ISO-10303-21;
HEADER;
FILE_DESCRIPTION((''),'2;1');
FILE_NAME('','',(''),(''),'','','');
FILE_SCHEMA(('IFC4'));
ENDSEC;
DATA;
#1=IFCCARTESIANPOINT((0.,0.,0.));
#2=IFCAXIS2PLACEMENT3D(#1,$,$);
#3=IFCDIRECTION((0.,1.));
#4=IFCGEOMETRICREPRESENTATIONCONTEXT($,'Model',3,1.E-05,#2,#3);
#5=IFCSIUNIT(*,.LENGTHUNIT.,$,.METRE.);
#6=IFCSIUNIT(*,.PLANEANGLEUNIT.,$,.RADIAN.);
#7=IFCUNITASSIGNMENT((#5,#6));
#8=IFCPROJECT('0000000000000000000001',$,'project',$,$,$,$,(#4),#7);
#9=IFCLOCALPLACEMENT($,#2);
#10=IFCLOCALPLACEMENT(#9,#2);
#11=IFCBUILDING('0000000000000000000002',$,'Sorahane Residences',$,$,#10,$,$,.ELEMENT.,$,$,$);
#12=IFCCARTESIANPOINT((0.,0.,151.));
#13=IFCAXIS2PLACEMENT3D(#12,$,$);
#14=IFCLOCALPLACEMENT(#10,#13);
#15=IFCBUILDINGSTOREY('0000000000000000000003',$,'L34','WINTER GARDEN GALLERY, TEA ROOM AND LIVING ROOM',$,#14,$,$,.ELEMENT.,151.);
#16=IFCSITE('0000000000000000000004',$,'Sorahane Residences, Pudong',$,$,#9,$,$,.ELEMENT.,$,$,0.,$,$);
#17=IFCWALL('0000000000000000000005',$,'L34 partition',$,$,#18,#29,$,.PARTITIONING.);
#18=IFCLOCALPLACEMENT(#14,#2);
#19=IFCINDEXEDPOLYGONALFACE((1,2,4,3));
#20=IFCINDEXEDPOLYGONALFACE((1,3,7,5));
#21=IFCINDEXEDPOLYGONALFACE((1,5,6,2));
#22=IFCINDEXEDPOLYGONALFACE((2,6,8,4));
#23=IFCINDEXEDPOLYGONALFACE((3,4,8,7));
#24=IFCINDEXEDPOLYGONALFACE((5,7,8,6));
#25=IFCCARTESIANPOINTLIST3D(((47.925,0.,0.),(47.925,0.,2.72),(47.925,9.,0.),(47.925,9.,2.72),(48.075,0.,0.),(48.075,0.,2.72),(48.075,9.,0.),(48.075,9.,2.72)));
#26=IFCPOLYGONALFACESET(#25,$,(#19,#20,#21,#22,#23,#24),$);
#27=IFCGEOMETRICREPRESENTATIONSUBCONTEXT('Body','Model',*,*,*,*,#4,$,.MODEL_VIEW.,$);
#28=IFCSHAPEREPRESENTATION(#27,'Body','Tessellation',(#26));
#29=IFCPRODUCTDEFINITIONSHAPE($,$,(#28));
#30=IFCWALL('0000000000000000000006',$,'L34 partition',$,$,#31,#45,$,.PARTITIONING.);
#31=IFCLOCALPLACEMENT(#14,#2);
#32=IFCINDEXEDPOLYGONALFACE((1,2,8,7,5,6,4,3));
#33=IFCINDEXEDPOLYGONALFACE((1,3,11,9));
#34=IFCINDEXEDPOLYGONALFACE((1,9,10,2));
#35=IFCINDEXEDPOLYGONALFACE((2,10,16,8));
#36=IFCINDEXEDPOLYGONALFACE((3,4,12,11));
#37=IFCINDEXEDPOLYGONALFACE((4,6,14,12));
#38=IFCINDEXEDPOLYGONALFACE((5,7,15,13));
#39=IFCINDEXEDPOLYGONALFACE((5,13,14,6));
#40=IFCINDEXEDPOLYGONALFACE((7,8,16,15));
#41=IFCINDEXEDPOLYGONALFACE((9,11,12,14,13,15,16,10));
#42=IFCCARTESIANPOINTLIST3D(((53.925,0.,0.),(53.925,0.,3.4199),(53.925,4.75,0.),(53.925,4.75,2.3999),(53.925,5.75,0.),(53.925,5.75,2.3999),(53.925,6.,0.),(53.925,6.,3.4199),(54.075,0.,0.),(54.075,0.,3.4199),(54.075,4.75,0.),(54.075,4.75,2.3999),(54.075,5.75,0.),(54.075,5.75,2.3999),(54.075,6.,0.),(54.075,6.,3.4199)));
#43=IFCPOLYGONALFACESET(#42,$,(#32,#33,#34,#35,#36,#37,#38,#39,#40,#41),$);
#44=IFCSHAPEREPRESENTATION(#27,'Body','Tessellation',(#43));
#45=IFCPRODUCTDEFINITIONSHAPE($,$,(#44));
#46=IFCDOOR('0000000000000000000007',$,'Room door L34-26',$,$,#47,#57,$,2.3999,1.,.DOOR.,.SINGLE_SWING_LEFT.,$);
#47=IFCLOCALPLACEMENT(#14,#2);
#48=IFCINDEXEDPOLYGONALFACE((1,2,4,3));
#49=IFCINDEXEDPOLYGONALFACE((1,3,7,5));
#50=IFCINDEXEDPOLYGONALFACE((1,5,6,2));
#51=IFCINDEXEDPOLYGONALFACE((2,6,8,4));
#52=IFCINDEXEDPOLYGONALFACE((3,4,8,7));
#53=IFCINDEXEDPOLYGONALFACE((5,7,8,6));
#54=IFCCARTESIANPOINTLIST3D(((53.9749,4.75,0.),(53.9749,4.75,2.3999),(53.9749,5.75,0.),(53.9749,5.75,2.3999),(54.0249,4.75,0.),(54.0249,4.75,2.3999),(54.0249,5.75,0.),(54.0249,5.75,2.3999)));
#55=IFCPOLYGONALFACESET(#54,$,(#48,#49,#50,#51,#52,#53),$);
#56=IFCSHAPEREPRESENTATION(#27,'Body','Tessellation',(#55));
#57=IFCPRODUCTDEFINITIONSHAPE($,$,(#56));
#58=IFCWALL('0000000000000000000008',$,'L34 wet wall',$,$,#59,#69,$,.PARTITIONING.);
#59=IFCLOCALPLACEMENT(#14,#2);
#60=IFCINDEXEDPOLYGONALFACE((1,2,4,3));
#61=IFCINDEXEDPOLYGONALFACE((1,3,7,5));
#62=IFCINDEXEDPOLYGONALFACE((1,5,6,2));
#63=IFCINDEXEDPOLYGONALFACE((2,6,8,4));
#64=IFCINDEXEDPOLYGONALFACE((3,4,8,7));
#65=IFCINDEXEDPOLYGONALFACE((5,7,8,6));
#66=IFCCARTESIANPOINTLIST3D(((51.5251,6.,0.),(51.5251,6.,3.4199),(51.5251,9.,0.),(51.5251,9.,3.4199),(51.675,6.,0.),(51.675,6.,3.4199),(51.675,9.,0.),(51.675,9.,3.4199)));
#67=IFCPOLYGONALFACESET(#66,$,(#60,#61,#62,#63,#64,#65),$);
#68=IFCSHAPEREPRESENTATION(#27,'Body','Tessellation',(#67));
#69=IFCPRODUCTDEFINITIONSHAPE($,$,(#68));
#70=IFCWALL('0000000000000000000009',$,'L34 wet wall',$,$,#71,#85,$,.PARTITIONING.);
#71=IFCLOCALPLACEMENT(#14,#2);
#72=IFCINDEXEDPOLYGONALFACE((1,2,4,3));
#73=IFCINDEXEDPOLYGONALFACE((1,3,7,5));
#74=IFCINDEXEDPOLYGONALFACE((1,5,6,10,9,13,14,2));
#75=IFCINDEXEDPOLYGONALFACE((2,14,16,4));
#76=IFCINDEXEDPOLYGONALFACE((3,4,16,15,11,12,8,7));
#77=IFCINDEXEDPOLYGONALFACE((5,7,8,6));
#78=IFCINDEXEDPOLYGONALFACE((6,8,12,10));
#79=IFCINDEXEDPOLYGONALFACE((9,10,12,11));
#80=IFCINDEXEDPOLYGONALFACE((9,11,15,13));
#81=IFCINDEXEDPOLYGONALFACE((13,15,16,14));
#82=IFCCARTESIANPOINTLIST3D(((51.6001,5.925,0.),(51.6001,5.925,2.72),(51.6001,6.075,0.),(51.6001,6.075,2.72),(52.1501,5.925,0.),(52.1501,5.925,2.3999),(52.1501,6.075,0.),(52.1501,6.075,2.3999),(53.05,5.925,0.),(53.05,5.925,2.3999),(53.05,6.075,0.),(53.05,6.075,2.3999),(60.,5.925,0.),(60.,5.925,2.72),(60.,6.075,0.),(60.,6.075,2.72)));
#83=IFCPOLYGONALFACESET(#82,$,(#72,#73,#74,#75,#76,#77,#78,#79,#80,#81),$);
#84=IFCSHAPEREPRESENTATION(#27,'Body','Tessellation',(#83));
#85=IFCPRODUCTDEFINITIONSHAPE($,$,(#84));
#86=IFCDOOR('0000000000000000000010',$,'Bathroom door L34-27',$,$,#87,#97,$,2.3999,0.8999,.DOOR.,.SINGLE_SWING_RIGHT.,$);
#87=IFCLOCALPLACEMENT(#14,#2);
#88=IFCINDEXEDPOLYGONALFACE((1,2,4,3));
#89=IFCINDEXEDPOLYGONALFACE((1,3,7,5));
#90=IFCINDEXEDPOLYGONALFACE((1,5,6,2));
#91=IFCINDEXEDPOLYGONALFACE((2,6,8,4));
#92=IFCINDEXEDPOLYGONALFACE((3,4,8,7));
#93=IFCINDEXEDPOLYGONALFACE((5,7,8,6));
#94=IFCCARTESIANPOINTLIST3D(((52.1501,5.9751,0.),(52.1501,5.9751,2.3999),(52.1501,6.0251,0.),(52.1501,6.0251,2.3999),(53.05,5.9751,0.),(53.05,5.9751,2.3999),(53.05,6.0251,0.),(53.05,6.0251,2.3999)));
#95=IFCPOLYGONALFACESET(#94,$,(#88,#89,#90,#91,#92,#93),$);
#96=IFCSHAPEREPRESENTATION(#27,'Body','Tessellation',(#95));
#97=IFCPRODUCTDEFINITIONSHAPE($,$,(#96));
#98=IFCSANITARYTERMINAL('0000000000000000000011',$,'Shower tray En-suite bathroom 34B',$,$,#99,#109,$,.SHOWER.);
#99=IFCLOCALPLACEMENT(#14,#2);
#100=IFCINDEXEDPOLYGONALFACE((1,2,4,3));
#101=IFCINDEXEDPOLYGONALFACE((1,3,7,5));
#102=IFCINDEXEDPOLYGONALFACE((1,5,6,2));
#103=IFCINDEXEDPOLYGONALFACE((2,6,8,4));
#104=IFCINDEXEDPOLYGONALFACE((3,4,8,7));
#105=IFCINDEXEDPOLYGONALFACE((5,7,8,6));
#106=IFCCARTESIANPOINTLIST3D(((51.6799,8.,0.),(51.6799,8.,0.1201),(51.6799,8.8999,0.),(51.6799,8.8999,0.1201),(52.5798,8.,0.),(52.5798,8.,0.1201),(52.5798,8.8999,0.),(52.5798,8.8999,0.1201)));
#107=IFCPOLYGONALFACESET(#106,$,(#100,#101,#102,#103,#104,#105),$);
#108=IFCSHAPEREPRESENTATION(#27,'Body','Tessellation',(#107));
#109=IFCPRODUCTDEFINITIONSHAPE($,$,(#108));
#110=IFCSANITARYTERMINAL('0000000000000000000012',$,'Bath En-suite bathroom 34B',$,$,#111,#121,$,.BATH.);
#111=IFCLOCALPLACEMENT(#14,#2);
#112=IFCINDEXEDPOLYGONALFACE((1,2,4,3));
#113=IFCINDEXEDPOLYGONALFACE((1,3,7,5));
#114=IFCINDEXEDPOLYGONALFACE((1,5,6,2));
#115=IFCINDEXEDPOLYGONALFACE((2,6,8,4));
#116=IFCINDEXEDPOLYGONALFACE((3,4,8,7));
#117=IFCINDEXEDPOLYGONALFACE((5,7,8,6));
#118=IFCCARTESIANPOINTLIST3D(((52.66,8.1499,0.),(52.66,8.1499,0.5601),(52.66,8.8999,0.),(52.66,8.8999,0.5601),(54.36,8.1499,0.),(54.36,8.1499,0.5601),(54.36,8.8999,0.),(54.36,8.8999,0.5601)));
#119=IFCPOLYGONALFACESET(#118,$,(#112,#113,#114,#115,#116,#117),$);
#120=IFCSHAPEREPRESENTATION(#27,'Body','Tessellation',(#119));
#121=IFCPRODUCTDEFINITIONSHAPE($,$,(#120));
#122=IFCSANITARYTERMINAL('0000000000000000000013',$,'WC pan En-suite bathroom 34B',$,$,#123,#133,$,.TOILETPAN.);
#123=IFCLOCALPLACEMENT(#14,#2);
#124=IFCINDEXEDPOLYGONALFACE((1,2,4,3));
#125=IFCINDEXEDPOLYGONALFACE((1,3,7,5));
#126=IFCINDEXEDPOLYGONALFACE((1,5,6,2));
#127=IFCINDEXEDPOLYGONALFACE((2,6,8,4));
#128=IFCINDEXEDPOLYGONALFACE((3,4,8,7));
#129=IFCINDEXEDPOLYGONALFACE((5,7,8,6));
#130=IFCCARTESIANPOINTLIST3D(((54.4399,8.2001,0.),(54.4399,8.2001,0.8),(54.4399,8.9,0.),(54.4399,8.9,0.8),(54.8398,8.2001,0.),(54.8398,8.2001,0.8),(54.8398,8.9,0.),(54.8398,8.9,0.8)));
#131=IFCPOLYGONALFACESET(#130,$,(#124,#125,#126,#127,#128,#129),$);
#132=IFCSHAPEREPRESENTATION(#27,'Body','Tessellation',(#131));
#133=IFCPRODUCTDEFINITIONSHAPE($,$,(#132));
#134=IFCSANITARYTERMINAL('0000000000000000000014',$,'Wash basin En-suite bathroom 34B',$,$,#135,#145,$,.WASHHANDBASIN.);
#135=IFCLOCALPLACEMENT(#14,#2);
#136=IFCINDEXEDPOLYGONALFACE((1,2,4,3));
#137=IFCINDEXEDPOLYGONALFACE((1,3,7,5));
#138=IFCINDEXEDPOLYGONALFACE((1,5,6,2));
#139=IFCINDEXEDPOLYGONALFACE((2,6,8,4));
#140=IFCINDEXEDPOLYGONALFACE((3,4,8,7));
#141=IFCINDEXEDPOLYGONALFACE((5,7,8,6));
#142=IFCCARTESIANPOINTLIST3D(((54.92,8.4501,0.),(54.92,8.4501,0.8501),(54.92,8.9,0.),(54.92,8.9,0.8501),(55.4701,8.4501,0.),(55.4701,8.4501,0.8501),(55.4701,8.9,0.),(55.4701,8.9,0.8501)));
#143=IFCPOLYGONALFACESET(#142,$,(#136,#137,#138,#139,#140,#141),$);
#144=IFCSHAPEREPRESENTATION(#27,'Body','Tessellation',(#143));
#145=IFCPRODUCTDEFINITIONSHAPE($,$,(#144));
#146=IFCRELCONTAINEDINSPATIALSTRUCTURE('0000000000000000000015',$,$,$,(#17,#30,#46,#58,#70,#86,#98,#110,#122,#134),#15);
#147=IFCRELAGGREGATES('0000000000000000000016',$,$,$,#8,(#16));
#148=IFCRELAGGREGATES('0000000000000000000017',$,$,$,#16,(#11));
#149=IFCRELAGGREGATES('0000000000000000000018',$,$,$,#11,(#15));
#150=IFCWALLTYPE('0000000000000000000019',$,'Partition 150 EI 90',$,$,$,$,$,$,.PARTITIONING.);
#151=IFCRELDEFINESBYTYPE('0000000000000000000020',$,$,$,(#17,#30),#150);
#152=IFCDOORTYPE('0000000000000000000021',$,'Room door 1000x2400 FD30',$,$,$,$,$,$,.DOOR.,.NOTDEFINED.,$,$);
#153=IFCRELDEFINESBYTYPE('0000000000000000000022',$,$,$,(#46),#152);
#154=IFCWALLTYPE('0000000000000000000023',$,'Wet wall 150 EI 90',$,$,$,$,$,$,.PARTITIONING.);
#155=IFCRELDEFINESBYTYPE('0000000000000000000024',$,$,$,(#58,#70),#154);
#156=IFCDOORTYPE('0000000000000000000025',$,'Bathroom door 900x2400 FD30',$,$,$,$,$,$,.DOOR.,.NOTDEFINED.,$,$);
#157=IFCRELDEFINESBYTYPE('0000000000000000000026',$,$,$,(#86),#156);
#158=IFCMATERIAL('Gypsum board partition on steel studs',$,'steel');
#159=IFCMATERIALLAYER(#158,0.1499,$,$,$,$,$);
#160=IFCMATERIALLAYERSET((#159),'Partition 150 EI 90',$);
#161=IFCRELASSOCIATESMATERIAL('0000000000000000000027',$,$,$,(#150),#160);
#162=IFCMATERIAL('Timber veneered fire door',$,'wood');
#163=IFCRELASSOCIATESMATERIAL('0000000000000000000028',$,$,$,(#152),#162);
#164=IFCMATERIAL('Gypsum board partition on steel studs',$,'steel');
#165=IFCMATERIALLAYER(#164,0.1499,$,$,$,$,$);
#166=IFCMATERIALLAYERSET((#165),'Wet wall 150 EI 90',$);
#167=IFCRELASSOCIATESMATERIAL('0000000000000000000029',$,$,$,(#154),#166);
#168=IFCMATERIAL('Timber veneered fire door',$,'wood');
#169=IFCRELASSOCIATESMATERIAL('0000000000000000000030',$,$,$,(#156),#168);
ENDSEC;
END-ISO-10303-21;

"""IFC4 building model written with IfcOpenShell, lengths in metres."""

from ifc_helpers import new_model, si_unit, direction, frame, frame_2d, origin, origin_2d, place, context, subcontext, project, spatial, rectangle, extrude, material, layer, layer_set, type_object, element, fill, save


model = new_model("IFC4")

# Units and contexts
model_context = context("Model", 3, precision=1e-05, world=origin(), true_north=direction((0.0, 1.0)))
body_context = subcontext(model_context, "Body", "Model", "MODEL_VIEW")
ifc_project = project(units=[si_unit("LENGTHUNIT", "METRE"), si_unit("PLANEANGLEUNIT", "RADIAN")], contexts=[model_context])

# Site, building, storey
site_placement = place(None, origin())
site = spatial("IfcSite", under=ifc_project, at=site_placement, Name="Sorahane Residences, Pudong", CompositionType="ELEMENT", RefElevation=0.0)
building_placement = place(site_placement, origin())
building = spatial("IfcBuilding", under=site, at=building_placement, Name="Sorahane Residences", CompositionType="ELEMENT")
storey_placement = place(building_placement, frame((0.0, 0.0, 151.0)))
storey = spatial("IfcBuildingStorey", under=building, at=storey_placement, Name="L34", Description="WINTER GARDEN GALLERY, TEA ROOM AND LIVING ROOM", CompositionType="ELEMENT", Elevation=151.0)

# Wall
ifc_material_1 = material(Name="Gypsum board partition on steel studs", Category="steel")
ifc_layer_1 = layer(ifc_material_1, 0.1499)
ifc_layer_set_1 = layer_set([ifc_layer_1], Name="Partition 150 EI 90")
wall_type_1 = type_object("IfcWallType", Name="Partition 150 EI 90", PredefinedType="PARTITIONING", material=ifc_layer_set_1)
wall_1_placement = place(storey_placement, frame((48.0, 0.0, 0.0), z_axis=(0.0, 0.0, 1.0), x_axis=(0.0, 1.0, 0.0)))
element("IfcWall", 1, at=wall_1_placement, inside=storey, type_object=wall_type_1, Name="L34 partition", PredefinedType="PARTITIONING", context=body_context, shape_type="SweptSolid", body=[
    extrude(rectangle(XDim=9.0, YDim=0.1499, at=frame_2d((4.5, 0.0))), origin(), (0.0, 0.0, 1.0), 2.72),
])

# Wall, opening, door
wall_2_placement = place(storey_placement, frame((54.0, 0.0, 0.0), z_axis=(0.0, 0.0, 1.0), x_axis=(0.0, 1.0, 0.0)))
wall_2 = element("IfcWall", 2, at=wall_2_placement, inside=storey, type_object=wall_type_1, Name="L34 partition", PredefinedType="PARTITIONING", context=body_context, shape_type="SweptSolid", body=[
    extrude(rectangle(XDim=6.0, YDim=0.1499, at=frame_2d((3.0, 0.0))), origin(), (0.0, 0.0, 1.0), 3.4199),
])
opening_1_placement = place(wall_2_placement, frame((4.75, 0.0, 0.0)))
opening_1 = element("IfcOpeningElement", 3, at=opening_1_placement, cuts=wall_2, PredefinedType="OPENING", context=body_context, shape_type="SweptSolid", body=[
    extrude(rectangle(XDim=1.0, YDim=2.3999, at=frame_2d((0.5, 1.2))), frame((0.0, 0.085, 0.0), z_axis=(0.0, -1.0, 0.0), x_axis=(1.0, 0.0, 0.0)), (0.0, 0.0, 1.0), 0.1699),
])
ifc_material_2 = material(Name="Timber veneered fire door", Category="wood")
door_type_1 = type_object("IfcDoorType", Name="Room door 1000x2400 FD30", OperationType="NOTDEFINED", PredefinedType="DOOR", material=ifc_material_2)
door_1_placement = place(opening_1_placement, frame((1.0, 0.0, 0.0), z_axis=(0.0, 0.0, 1.0), x_axis=(-1.0, 0.0, 0.0)))
door_1 = element("IfcDoor", 4, at=door_1_placement, inside=storey, type_object=door_type_1, Name="Room door L34-26", OperationType="SINGLE_SWING_LEFT", OverallHeight=2.3999, OverallWidth=1.0, PredefinedType="DOOR", context=body_context, shape_type="SweptSolid", body=[
    extrude(rectangle(XDim=1.0, YDim=2.3999, at=frame_2d((0.5, 1.2))), frame((0.0, 0.0249, 0.0), z_axis=(0.0, -1.0, 0.0), x_axis=(1.0, 0.0, 0.0)), (0.0, 0.0, 1.0), 0.05),
])
fill(opening_1, door_1)

# Wall
ifc_material_3 = material(Name="Gypsum board partition on steel studs", Category="steel")
ifc_layer_2 = layer(ifc_material_3, 0.1499)
ifc_layer_set_2 = layer_set([ifc_layer_2], Name="Wet wall 150 EI 90")
wall_type_2 = type_object("IfcWallType", Name="Wet wall 150 EI 90", PredefinedType="PARTITIONING", material=ifc_layer_set_2)
wall_3_placement = place(storey_placement, frame((51.6001, 6.0, 0.0), z_axis=(0.0, 0.0, 1.0), x_axis=(0.0, 1.0, 0.0)))
element("IfcWall", 5, at=wall_3_placement, inside=storey, type_object=wall_type_2, Name="L34 wet wall", PredefinedType="PARTITIONING", context=body_context, shape_type="SweptSolid", body=[
    extrude(rectangle(XDim=3.0, YDim=0.1499, at=frame_2d((1.5, 0.0))), origin(), (0.0, 0.0, 1.0), 3.4199),
])

# Wall, opening, door
wall_4_placement = place(storey_placement, frame((51.6001, 6.0, 0.0), z_axis=(0.0, 0.0, 1.0), x_axis=(1.0, 0.0, 0.0)))
wall_4 = element("IfcWall", 6, at=wall_4_placement, inside=storey, type_object=wall_type_2, Name="L34 wet wall", PredefinedType="PARTITIONING", context=body_context, shape_type="SweptSolid", body=[
    extrude(rectangle(XDim=8.3999, YDim=0.1499, at=frame_2d((4.2, 0.0))), origin(), (0.0, 0.0, 1.0), 2.72),
])
opening_2_placement = place(wall_4_placement, frame((0.55, 0.0, 0.0)))
opening_2 = element("IfcOpeningElement", 7, at=opening_2_placement, cuts=wall_4, PredefinedType="OPENING", context=body_context, shape_type="SweptSolid", body=[
    extrude(rectangle(XDim=0.8999, YDim=2.3999, at=frame_2d((0.45, 1.2))), frame((0.0, 0.085, 0.0), z_axis=(0.0, -1.0, 0.0), x_axis=(1.0, 0.0, 0.0)), (0.0, 0.0, 1.0), 0.1699),
])
ifc_material_4 = material(Name="Timber veneered fire door", Category="wood")
door_type_2 = type_object("IfcDoorType", Name="Bathroom door 900x2400 FD30", OperationType="NOTDEFINED", PredefinedType="DOOR", material=ifc_material_4)
door_2_placement = place(opening_2_placement, frame((0.8999, 0.0, 0.0), z_axis=(0.0, 0.0, 1.0), x_axis=(-1.0, 0.0, 0.0)))
door_2 = element("IfcDoor", 8, at=door_2_placement, inside=storey, type_object=door_type_2, Name="Bathroom door L34-27", OperationType="SINGLE_SWING_RIGHT", OverallHeight=2.3999, OverallWidth=0.8999, PredefinedType="DOOR", context=body_context, shape_type="SweptSolid", body=[
    extrude(rectangle(XDim=0.8999, YDim=2.3999, at=frame_2d((0.45, 1.2))), frame((0.0, 0.0249, 0.0), z_axis=(0.0, -1.0, 0.0), x_axis=(1.0, 0.0, 0.0)), (0.0, 0.0, 1.0), 0.05),
])
fill(opening_2, door_2)

# Sanitary terminals
sanitary_terminal_1_placement = place(storey_placement, frame((52.1299, 8.45, 0.0), z_axis=(0.0, 0.0, 1.0), x_axis=(1.0, 0.0, 0.0)))
element("IfcSanitaryTerminal", 9, at=sanitary_terminal_1_placement, inside=storey, Name="Shower tray En-suite bathroom 34B", PredefinedType="SHOWER", context=body_context, shape_type="SweptSolid", body=[
    extrude(rectangle(XDim=0.8999, YDim=0.8999, at=origin_2d()), origin(), (0.0, 0.0, 1.0), 0.1201),
])
sanitary_terminal_2_placement = place(storey_placement, frame((53.51, 8.5249, 0.0), z_axis=(0.0, 0.0, 1.0), x_axis=(1.0, 0.0, 0.0)))
element("IfcSanitaryTerminal", 10, at=sanitary_terminal_2_placement, inside=storey, Name="Bath En-suite bathroom 34B", PredefinedType="BATH", context=body_context, shape_type="SweptSolid", body=[
    extrude(rectangle(XDim=1.7, YDim=0.75, at=origin_2d()), origin(), (0.0, 0.0, 1.0), 0.5601),
])
sanitary_terminal_3_placement = place(storey_placement, frame((54.6399, 8.55, 0.0), z_axis=(0.0, 0.0, 1.0), x_axis=(1.0, 0.0, 0.0)))
element("IfcSanitaryTerminal", 11, at=sanitary_terminal_3_placement, inside=storey, Name="WC pan En-suite bathroom 34B", PredefinedType="TOILETPAN", context=body_context, shape_type="SweptSolid", body=[
    extrude(rectangle(XDim=0.3999, YDim=0.7, at=origin_2d()), origin(), (0.0, 0.0, 1.0), 0.8),
])
sanitary_terminal_4_placement = place(storey_placement, frame((55.1951, 8.675, 0.0), z_axis=(0.0, 0.0, 1.0), x_axis=(1.0, 0.0, 0.0)))
element("IfcSanitaryTerminal", 12, at=sanitary_terminal_4_placement, inside=storey, Name="Wash basin En-suite bathroom 34B", PredefinedType="WASHHANDBASIN", context=body_context, shape_type="SweptSolid", body=[
    extrude(rectangle(XDim=0.55, YDim=0.45, at=origin_2d()), origin(), (0.0, 0.0, 1.0), 0.8501),
])

save(model, "model.ifc")
